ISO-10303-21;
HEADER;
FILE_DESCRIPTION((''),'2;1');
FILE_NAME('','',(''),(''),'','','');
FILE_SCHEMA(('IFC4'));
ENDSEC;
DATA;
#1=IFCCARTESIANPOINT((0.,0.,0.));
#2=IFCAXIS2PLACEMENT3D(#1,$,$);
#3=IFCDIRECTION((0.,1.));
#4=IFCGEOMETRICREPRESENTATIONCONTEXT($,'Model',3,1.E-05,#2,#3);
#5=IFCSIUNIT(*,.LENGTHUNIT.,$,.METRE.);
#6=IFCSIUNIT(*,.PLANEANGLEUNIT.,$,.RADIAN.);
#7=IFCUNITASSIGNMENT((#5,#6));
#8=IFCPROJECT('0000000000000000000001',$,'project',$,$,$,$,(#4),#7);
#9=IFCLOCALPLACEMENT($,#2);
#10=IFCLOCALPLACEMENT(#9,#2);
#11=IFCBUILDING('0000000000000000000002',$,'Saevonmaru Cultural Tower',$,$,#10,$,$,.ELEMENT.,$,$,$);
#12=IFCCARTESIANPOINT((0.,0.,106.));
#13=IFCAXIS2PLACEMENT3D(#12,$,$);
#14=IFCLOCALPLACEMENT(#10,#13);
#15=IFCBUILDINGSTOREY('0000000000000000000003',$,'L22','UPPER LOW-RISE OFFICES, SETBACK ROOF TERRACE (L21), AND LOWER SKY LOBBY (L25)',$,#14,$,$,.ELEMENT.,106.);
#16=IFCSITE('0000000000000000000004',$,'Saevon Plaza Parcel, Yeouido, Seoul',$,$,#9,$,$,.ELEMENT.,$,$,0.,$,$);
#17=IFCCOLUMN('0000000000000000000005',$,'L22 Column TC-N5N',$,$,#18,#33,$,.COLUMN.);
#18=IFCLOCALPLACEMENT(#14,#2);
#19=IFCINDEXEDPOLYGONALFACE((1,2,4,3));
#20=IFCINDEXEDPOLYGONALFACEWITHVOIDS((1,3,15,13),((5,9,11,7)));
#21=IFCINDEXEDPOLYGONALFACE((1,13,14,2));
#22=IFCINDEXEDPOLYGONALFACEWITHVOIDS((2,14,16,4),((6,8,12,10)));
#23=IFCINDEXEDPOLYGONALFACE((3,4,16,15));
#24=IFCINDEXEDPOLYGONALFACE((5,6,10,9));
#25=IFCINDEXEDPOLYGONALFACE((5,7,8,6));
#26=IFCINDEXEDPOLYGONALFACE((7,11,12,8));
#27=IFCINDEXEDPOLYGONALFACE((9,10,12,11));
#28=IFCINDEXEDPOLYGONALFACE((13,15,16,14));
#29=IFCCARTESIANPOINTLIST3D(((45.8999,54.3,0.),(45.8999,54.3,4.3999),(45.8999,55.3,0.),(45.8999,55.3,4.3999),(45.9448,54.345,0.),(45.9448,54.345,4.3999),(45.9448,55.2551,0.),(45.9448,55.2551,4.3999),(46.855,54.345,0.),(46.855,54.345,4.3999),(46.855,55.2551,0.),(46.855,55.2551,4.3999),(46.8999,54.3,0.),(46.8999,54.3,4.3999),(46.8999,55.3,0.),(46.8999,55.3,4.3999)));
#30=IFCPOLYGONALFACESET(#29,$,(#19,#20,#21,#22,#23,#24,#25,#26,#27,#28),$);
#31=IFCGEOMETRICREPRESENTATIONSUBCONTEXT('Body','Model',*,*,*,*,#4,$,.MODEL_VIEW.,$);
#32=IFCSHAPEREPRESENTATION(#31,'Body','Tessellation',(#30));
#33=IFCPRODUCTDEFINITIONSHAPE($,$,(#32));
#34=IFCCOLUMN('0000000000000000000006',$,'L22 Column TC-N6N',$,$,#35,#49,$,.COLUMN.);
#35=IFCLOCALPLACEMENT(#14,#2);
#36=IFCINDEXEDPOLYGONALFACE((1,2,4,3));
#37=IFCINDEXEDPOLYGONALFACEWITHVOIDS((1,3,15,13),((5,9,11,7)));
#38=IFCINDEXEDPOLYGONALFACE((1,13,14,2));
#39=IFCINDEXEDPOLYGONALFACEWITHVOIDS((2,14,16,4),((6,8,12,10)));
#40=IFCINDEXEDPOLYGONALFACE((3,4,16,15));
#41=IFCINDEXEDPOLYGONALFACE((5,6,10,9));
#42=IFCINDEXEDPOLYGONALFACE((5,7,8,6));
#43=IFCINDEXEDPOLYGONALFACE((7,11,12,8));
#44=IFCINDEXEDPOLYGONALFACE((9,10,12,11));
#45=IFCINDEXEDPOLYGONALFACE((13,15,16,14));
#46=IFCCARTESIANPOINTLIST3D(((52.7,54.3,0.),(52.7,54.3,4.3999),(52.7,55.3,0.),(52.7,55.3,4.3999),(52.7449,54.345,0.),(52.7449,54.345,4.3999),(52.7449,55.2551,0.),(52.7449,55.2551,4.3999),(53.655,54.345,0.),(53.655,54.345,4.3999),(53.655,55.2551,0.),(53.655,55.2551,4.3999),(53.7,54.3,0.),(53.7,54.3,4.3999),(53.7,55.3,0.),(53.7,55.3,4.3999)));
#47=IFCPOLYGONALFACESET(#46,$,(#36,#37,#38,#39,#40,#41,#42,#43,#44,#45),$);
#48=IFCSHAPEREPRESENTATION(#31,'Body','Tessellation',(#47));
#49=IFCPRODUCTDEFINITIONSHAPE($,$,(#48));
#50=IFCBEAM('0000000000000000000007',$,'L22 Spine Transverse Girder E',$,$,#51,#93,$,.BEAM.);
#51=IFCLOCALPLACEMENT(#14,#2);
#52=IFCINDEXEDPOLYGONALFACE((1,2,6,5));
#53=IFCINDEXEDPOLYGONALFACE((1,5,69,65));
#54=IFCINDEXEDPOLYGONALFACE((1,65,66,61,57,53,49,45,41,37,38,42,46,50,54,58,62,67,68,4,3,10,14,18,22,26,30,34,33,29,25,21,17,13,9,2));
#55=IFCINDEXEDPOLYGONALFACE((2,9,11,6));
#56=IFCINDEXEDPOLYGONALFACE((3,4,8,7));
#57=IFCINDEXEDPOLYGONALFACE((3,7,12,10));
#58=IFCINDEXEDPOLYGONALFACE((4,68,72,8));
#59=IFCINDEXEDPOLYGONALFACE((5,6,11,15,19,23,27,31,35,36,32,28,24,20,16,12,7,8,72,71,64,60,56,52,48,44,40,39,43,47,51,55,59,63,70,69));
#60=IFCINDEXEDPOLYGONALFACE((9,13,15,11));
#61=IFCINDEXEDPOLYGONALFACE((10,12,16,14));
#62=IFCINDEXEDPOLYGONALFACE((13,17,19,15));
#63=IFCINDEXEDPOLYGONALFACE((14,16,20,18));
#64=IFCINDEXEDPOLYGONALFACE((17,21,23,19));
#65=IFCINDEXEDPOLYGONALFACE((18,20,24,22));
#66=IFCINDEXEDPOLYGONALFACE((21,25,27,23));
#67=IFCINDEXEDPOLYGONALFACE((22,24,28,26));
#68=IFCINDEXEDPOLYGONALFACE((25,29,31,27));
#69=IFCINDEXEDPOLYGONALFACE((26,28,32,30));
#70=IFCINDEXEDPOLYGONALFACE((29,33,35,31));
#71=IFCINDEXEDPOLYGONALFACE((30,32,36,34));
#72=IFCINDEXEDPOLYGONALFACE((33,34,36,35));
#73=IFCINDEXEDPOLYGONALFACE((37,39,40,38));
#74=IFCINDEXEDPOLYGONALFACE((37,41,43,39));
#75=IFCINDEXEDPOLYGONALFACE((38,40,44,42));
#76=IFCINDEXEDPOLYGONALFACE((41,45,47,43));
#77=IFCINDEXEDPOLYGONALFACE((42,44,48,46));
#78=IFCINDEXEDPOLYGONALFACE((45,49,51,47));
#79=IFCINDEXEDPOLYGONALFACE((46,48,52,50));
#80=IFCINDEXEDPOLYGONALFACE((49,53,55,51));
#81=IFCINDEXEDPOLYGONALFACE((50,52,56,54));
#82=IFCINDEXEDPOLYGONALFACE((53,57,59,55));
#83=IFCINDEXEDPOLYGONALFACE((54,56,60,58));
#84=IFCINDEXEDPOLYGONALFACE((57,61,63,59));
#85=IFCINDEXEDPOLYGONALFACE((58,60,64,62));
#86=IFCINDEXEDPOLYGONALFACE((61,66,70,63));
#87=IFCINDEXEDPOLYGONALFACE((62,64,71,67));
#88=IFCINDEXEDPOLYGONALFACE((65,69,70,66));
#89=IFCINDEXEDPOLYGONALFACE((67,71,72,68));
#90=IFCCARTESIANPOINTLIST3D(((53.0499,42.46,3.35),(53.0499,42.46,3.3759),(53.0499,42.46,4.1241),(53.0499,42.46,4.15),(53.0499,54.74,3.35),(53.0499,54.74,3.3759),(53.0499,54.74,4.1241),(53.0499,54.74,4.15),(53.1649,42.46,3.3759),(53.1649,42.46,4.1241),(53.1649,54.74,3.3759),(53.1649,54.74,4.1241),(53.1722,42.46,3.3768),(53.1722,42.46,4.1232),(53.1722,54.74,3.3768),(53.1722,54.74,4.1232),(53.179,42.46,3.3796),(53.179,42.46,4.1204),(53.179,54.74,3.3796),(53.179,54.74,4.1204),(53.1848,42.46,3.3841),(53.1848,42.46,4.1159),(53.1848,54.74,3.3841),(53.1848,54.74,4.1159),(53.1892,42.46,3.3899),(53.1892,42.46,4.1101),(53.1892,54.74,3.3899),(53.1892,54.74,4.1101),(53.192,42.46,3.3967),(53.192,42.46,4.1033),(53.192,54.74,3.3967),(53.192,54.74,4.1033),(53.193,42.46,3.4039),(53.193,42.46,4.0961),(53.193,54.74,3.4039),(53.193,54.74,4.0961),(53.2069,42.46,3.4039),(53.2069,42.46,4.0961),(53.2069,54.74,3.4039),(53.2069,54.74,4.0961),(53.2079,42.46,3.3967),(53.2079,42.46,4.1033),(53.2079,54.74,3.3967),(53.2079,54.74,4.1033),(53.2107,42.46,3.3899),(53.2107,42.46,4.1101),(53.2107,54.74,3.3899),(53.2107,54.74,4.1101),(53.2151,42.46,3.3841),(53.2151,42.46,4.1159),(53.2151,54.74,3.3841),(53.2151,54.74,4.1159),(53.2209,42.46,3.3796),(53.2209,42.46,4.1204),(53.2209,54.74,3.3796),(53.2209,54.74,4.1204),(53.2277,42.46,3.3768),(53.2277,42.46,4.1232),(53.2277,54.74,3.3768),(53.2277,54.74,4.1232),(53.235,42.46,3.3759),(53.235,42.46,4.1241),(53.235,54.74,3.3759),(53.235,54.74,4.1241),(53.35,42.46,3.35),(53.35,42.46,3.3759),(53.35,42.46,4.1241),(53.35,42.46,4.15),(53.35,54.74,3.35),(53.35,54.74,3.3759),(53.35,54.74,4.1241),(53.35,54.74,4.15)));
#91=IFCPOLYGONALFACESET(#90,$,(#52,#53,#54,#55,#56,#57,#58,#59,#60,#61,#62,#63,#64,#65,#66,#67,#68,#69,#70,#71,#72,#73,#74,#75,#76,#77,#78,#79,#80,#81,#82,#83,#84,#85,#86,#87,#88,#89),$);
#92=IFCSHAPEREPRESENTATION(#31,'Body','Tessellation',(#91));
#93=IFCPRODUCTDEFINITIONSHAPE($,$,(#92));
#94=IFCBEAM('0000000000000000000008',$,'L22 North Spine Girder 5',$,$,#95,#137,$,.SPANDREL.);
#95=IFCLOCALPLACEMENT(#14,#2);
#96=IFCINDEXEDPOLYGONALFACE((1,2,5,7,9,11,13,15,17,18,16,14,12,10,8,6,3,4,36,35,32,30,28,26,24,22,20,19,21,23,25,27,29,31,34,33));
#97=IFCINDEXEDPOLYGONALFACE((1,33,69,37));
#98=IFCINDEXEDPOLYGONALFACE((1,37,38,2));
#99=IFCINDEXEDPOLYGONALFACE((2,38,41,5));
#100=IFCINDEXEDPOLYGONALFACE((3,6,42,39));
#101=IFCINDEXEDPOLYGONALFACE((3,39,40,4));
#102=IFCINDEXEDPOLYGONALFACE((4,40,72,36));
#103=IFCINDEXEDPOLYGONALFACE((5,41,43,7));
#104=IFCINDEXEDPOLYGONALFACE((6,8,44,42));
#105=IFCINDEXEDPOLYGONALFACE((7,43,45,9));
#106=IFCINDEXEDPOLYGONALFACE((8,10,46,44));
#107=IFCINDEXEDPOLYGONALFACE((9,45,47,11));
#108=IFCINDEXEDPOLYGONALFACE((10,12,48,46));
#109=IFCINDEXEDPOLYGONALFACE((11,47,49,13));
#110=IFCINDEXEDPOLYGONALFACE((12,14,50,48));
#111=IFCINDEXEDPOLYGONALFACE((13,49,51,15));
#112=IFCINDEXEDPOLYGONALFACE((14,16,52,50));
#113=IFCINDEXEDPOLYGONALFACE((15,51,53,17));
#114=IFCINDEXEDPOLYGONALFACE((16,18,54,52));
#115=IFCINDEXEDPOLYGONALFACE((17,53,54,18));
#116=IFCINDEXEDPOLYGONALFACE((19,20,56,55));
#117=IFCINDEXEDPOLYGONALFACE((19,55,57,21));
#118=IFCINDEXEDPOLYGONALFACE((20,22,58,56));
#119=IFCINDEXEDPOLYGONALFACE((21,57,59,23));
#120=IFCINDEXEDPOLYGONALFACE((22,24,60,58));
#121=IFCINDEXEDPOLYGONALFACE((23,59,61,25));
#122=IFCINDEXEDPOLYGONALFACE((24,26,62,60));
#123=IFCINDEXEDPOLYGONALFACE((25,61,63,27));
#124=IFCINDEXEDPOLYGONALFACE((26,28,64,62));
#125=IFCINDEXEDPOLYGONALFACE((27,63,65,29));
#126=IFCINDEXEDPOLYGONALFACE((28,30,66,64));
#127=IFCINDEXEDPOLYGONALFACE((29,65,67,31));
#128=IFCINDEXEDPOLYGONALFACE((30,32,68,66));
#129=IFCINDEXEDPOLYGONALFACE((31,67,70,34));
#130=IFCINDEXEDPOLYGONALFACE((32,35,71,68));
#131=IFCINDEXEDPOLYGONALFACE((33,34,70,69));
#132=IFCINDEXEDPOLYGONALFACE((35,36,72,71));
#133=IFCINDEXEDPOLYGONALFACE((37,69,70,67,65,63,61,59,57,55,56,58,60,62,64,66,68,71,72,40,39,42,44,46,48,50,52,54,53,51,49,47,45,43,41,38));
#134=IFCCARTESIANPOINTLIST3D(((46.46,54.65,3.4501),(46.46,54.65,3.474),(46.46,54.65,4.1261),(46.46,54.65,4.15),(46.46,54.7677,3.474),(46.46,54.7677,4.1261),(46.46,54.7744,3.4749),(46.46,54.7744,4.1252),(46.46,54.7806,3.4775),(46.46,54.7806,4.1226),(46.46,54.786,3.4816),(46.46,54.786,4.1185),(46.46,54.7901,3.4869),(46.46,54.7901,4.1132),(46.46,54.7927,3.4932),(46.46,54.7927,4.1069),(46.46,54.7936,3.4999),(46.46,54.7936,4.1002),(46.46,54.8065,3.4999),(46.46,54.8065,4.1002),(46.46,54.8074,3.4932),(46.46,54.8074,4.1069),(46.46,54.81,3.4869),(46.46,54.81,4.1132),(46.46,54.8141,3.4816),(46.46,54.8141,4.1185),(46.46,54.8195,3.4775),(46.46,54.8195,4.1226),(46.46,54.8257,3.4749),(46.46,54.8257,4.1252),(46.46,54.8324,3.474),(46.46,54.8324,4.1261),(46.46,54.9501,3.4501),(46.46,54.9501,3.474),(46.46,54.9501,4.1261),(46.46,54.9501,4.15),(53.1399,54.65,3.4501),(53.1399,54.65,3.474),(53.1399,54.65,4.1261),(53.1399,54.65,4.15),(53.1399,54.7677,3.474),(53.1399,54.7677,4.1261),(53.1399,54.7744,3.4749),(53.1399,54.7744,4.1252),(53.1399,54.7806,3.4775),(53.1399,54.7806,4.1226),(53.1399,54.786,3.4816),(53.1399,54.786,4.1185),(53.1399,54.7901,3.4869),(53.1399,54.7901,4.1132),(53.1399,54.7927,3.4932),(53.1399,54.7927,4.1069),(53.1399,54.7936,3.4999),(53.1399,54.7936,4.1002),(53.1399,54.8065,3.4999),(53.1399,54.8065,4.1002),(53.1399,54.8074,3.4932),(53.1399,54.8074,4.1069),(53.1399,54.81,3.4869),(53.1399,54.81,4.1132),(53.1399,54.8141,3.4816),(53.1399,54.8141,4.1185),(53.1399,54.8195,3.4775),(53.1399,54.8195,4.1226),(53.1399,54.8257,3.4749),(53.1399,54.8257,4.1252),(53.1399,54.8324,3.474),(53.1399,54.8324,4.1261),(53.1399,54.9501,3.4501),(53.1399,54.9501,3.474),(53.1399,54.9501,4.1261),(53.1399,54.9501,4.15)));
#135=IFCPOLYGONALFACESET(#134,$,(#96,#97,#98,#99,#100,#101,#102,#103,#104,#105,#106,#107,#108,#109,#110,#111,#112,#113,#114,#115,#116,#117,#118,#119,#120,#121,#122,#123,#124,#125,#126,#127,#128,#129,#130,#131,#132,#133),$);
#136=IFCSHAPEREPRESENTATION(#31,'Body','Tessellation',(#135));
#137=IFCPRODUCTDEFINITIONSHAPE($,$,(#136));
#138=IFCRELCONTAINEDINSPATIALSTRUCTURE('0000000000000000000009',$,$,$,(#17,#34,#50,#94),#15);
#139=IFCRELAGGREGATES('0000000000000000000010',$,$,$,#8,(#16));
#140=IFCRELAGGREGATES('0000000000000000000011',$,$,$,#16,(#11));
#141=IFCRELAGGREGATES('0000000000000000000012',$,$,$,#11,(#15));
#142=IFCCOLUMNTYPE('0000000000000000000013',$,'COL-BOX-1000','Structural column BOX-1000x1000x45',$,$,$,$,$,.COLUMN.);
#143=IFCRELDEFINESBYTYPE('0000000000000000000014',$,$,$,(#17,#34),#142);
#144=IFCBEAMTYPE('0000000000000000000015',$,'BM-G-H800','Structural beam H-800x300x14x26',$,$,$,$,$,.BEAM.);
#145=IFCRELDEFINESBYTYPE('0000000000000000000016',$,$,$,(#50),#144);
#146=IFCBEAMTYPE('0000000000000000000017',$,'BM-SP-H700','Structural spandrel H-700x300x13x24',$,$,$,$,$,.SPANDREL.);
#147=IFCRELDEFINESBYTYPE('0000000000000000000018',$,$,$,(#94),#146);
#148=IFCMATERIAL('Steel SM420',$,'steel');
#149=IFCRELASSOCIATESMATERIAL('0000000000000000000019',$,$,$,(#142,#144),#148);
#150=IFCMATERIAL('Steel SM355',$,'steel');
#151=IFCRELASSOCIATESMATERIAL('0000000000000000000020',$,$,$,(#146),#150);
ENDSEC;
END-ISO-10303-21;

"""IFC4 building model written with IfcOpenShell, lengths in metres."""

from ifc_helpers import new_model, si_unit, direction, frame, origin, origin_2d, place, context, subcontext, project, spatial, hollow_rectangle, i_section, extrude, material, material_profile, profile_set, type_object, element, save


model = new_model("IFC4")

# Units and contexts
model_context = context("Model", 3, precision=1e-05, world=origin(), true_north=direction((0.0, 1.0)))
body_context = subcontext(model_context, "Body", "Model", "MODEL_VIEW")
ifc_project = project(units=[si_unit("LENGTHUNIT", "METRE"), si_unit("PLANEANGLEUNIT", "RADIAN")], contexts=[model_context])

# Site, building, storey
site_placement = place(None, origin())
site = spatial("IfcSite", under=ifc_project, at=site_placement, Name="Saevon Plaza Parcel, Yeouido, Seoul", CompositionType="ELEMENT", RefElevation=0.0)
building_placement = place(site_placement, origin())
building = spatial("IfcBuilding", under=site, at=building_placement, Name="Saevonmaru Cultural Tower", CompositionType="ELEMENT")
storey_placement = place(building_placement, frame((0.0, 0.0, 106.0)))
storey = spatial("IfcBuildingStorey", under=building, at=storey_placement, Name="L22", Description="UPPER LOW-RISE OFFICES, SETBACK ROOF TERRACE (L21), AND LOWER SKY LOBBY (L25)", CompositionType="ELEMENT", Elevation=106.0)

# Columns
ifc_material_1 = material(Name="Steel SM420", Category="steel")
ifc_material_profile_1 = material_profile(ifc_material_1, hollow_rectangle(XDim=1.0, YDim=1.0, WallThickness=0.0449, at=origin_2d()), Name="BOX-1000x1000x45")
ifc_profile_set_1 = profile_set([ifc_material_profile_1], Name="Steel SM420")
column_type = type_object("IfcColumnType", Name="COL-BOX-1000", Description="Structural column BOX-1000x1000x45", PredefinedType="COLUMN", material=ifc_profile_set_1)
for number, where, z_axis, x_axis, name in (
    (1, (46.3999, 54.8, 0.0), (0.0, 0.0, 1.0), (1.0, 0.0, 0.0), "L22 Column TC-N5N"),
    (2, (53.2, 54.8, 0.0), (0.0, 0.0, 1.0), (1.0, 0.0, 0.0), "L22 Column TC-N6N"),
):
    element("IfcColumn", number, at=place(storey_placement, frame(where, z_axis=z_axis, x_axis=x_axis)), inside=storey, type_object=column_type, Name=name, PredefinedType="COLUMN", context=body_context, shape_type="SweptSolid", body=[
        extrude(hollow_rectangle(XDim=1.0, YDim=1.0, WallThickness=0.0449, at=origin_2d()), origin(), (0.0, 0.0, 1.0), 4.3999),
    ])

# Beams
ifc_material_profile_2 = material_profile(ifc_material_1, i_section(OverallWidth=0.3, OverallDepth=0.8, WebThickness=0.0139, FlangeThickness=0.0259, FilletRadius=0.0281, at=origin_2d()), Name="H-800x300x14x26")
ifc_profile_set_2 = profile_set([ifc_material_profile_2], Name="Steel SM420")
beam_type_1 = type_object("IfcBeamType", Name="BM-G-H800", Description="Structural beam H-800x300x14x26", PredefinedType="BEAM", material=ifc_profile_set_2)
beam_1_placement = place(storey_placement, frame((53.2, 54.74, 3.75), z_axis=(0.0, -1.0, 0.0), x_axis=(1.0, 0.0, 0.0)))
element("IfcBeam", 3, at=beam_1_placement, inside=storey, type_object=beam_type_1, Name="L22 Spine Transverse Girder E", PredefinedType="BEAM", context=body_context, shape_type="SweptSolid", body=[
    extrude(i_section(OverallWidth=0.3, OverallDepth=0.8, WebThickness=0.0139, FlangeThickness=0.0259, FilletRadius=0.0281, at=origin_2d()), origin(), (0.0, 0.0, 1.0), 12.28),
])
ifc_material_2 = material(Name="Steel SM355", Category="steel")
ifc_material_profile_3 = material_profile(ifc_material_2, i_section(OverallWidth=0.3, OverallDepth=0.7, WebThickness=0.0129, FlangeThickness=0.0239, FilletRadius=0.0259, at=origin_2d()), Name="H-700x300x13x24")
ifc_profile_set_3 = profile_set([ifc_material_profile_3], Name="Steel SM355")
beam_type_2 = type_object("IfcBeamType", Name="BM-SP-H700", Description="Structural spandrel H-700x300x13x24", PredefinedType="SPANDREL", material=ifc_profile_set_3)
beam_2_placement = place(storey_placement, frame((46.46, 54.8, 3.8), z_axis=(1.0, 0.0, 0.0), x_axis=(0.0, 1.0, 0.0)))
element("IfcBeam", 4, at=beam_2_placement, inside=storey, type_object=beam_type_2, Name="L22 North Spine Girder 5", PredefinedType="SPANDREL", context=body_context, shape_type="SweptSolid", body=[
    extrude(i_section(OverallWidth=0.3, OverallDepth=0.7, WebThickness=0.0129, FlangeThickness=0.0239, FilletRadius=0.0259, at=origin_2d()), origin(), (0.0, 0.0, 1.0), 6.6799),
])

save(model, "model.ifc")
